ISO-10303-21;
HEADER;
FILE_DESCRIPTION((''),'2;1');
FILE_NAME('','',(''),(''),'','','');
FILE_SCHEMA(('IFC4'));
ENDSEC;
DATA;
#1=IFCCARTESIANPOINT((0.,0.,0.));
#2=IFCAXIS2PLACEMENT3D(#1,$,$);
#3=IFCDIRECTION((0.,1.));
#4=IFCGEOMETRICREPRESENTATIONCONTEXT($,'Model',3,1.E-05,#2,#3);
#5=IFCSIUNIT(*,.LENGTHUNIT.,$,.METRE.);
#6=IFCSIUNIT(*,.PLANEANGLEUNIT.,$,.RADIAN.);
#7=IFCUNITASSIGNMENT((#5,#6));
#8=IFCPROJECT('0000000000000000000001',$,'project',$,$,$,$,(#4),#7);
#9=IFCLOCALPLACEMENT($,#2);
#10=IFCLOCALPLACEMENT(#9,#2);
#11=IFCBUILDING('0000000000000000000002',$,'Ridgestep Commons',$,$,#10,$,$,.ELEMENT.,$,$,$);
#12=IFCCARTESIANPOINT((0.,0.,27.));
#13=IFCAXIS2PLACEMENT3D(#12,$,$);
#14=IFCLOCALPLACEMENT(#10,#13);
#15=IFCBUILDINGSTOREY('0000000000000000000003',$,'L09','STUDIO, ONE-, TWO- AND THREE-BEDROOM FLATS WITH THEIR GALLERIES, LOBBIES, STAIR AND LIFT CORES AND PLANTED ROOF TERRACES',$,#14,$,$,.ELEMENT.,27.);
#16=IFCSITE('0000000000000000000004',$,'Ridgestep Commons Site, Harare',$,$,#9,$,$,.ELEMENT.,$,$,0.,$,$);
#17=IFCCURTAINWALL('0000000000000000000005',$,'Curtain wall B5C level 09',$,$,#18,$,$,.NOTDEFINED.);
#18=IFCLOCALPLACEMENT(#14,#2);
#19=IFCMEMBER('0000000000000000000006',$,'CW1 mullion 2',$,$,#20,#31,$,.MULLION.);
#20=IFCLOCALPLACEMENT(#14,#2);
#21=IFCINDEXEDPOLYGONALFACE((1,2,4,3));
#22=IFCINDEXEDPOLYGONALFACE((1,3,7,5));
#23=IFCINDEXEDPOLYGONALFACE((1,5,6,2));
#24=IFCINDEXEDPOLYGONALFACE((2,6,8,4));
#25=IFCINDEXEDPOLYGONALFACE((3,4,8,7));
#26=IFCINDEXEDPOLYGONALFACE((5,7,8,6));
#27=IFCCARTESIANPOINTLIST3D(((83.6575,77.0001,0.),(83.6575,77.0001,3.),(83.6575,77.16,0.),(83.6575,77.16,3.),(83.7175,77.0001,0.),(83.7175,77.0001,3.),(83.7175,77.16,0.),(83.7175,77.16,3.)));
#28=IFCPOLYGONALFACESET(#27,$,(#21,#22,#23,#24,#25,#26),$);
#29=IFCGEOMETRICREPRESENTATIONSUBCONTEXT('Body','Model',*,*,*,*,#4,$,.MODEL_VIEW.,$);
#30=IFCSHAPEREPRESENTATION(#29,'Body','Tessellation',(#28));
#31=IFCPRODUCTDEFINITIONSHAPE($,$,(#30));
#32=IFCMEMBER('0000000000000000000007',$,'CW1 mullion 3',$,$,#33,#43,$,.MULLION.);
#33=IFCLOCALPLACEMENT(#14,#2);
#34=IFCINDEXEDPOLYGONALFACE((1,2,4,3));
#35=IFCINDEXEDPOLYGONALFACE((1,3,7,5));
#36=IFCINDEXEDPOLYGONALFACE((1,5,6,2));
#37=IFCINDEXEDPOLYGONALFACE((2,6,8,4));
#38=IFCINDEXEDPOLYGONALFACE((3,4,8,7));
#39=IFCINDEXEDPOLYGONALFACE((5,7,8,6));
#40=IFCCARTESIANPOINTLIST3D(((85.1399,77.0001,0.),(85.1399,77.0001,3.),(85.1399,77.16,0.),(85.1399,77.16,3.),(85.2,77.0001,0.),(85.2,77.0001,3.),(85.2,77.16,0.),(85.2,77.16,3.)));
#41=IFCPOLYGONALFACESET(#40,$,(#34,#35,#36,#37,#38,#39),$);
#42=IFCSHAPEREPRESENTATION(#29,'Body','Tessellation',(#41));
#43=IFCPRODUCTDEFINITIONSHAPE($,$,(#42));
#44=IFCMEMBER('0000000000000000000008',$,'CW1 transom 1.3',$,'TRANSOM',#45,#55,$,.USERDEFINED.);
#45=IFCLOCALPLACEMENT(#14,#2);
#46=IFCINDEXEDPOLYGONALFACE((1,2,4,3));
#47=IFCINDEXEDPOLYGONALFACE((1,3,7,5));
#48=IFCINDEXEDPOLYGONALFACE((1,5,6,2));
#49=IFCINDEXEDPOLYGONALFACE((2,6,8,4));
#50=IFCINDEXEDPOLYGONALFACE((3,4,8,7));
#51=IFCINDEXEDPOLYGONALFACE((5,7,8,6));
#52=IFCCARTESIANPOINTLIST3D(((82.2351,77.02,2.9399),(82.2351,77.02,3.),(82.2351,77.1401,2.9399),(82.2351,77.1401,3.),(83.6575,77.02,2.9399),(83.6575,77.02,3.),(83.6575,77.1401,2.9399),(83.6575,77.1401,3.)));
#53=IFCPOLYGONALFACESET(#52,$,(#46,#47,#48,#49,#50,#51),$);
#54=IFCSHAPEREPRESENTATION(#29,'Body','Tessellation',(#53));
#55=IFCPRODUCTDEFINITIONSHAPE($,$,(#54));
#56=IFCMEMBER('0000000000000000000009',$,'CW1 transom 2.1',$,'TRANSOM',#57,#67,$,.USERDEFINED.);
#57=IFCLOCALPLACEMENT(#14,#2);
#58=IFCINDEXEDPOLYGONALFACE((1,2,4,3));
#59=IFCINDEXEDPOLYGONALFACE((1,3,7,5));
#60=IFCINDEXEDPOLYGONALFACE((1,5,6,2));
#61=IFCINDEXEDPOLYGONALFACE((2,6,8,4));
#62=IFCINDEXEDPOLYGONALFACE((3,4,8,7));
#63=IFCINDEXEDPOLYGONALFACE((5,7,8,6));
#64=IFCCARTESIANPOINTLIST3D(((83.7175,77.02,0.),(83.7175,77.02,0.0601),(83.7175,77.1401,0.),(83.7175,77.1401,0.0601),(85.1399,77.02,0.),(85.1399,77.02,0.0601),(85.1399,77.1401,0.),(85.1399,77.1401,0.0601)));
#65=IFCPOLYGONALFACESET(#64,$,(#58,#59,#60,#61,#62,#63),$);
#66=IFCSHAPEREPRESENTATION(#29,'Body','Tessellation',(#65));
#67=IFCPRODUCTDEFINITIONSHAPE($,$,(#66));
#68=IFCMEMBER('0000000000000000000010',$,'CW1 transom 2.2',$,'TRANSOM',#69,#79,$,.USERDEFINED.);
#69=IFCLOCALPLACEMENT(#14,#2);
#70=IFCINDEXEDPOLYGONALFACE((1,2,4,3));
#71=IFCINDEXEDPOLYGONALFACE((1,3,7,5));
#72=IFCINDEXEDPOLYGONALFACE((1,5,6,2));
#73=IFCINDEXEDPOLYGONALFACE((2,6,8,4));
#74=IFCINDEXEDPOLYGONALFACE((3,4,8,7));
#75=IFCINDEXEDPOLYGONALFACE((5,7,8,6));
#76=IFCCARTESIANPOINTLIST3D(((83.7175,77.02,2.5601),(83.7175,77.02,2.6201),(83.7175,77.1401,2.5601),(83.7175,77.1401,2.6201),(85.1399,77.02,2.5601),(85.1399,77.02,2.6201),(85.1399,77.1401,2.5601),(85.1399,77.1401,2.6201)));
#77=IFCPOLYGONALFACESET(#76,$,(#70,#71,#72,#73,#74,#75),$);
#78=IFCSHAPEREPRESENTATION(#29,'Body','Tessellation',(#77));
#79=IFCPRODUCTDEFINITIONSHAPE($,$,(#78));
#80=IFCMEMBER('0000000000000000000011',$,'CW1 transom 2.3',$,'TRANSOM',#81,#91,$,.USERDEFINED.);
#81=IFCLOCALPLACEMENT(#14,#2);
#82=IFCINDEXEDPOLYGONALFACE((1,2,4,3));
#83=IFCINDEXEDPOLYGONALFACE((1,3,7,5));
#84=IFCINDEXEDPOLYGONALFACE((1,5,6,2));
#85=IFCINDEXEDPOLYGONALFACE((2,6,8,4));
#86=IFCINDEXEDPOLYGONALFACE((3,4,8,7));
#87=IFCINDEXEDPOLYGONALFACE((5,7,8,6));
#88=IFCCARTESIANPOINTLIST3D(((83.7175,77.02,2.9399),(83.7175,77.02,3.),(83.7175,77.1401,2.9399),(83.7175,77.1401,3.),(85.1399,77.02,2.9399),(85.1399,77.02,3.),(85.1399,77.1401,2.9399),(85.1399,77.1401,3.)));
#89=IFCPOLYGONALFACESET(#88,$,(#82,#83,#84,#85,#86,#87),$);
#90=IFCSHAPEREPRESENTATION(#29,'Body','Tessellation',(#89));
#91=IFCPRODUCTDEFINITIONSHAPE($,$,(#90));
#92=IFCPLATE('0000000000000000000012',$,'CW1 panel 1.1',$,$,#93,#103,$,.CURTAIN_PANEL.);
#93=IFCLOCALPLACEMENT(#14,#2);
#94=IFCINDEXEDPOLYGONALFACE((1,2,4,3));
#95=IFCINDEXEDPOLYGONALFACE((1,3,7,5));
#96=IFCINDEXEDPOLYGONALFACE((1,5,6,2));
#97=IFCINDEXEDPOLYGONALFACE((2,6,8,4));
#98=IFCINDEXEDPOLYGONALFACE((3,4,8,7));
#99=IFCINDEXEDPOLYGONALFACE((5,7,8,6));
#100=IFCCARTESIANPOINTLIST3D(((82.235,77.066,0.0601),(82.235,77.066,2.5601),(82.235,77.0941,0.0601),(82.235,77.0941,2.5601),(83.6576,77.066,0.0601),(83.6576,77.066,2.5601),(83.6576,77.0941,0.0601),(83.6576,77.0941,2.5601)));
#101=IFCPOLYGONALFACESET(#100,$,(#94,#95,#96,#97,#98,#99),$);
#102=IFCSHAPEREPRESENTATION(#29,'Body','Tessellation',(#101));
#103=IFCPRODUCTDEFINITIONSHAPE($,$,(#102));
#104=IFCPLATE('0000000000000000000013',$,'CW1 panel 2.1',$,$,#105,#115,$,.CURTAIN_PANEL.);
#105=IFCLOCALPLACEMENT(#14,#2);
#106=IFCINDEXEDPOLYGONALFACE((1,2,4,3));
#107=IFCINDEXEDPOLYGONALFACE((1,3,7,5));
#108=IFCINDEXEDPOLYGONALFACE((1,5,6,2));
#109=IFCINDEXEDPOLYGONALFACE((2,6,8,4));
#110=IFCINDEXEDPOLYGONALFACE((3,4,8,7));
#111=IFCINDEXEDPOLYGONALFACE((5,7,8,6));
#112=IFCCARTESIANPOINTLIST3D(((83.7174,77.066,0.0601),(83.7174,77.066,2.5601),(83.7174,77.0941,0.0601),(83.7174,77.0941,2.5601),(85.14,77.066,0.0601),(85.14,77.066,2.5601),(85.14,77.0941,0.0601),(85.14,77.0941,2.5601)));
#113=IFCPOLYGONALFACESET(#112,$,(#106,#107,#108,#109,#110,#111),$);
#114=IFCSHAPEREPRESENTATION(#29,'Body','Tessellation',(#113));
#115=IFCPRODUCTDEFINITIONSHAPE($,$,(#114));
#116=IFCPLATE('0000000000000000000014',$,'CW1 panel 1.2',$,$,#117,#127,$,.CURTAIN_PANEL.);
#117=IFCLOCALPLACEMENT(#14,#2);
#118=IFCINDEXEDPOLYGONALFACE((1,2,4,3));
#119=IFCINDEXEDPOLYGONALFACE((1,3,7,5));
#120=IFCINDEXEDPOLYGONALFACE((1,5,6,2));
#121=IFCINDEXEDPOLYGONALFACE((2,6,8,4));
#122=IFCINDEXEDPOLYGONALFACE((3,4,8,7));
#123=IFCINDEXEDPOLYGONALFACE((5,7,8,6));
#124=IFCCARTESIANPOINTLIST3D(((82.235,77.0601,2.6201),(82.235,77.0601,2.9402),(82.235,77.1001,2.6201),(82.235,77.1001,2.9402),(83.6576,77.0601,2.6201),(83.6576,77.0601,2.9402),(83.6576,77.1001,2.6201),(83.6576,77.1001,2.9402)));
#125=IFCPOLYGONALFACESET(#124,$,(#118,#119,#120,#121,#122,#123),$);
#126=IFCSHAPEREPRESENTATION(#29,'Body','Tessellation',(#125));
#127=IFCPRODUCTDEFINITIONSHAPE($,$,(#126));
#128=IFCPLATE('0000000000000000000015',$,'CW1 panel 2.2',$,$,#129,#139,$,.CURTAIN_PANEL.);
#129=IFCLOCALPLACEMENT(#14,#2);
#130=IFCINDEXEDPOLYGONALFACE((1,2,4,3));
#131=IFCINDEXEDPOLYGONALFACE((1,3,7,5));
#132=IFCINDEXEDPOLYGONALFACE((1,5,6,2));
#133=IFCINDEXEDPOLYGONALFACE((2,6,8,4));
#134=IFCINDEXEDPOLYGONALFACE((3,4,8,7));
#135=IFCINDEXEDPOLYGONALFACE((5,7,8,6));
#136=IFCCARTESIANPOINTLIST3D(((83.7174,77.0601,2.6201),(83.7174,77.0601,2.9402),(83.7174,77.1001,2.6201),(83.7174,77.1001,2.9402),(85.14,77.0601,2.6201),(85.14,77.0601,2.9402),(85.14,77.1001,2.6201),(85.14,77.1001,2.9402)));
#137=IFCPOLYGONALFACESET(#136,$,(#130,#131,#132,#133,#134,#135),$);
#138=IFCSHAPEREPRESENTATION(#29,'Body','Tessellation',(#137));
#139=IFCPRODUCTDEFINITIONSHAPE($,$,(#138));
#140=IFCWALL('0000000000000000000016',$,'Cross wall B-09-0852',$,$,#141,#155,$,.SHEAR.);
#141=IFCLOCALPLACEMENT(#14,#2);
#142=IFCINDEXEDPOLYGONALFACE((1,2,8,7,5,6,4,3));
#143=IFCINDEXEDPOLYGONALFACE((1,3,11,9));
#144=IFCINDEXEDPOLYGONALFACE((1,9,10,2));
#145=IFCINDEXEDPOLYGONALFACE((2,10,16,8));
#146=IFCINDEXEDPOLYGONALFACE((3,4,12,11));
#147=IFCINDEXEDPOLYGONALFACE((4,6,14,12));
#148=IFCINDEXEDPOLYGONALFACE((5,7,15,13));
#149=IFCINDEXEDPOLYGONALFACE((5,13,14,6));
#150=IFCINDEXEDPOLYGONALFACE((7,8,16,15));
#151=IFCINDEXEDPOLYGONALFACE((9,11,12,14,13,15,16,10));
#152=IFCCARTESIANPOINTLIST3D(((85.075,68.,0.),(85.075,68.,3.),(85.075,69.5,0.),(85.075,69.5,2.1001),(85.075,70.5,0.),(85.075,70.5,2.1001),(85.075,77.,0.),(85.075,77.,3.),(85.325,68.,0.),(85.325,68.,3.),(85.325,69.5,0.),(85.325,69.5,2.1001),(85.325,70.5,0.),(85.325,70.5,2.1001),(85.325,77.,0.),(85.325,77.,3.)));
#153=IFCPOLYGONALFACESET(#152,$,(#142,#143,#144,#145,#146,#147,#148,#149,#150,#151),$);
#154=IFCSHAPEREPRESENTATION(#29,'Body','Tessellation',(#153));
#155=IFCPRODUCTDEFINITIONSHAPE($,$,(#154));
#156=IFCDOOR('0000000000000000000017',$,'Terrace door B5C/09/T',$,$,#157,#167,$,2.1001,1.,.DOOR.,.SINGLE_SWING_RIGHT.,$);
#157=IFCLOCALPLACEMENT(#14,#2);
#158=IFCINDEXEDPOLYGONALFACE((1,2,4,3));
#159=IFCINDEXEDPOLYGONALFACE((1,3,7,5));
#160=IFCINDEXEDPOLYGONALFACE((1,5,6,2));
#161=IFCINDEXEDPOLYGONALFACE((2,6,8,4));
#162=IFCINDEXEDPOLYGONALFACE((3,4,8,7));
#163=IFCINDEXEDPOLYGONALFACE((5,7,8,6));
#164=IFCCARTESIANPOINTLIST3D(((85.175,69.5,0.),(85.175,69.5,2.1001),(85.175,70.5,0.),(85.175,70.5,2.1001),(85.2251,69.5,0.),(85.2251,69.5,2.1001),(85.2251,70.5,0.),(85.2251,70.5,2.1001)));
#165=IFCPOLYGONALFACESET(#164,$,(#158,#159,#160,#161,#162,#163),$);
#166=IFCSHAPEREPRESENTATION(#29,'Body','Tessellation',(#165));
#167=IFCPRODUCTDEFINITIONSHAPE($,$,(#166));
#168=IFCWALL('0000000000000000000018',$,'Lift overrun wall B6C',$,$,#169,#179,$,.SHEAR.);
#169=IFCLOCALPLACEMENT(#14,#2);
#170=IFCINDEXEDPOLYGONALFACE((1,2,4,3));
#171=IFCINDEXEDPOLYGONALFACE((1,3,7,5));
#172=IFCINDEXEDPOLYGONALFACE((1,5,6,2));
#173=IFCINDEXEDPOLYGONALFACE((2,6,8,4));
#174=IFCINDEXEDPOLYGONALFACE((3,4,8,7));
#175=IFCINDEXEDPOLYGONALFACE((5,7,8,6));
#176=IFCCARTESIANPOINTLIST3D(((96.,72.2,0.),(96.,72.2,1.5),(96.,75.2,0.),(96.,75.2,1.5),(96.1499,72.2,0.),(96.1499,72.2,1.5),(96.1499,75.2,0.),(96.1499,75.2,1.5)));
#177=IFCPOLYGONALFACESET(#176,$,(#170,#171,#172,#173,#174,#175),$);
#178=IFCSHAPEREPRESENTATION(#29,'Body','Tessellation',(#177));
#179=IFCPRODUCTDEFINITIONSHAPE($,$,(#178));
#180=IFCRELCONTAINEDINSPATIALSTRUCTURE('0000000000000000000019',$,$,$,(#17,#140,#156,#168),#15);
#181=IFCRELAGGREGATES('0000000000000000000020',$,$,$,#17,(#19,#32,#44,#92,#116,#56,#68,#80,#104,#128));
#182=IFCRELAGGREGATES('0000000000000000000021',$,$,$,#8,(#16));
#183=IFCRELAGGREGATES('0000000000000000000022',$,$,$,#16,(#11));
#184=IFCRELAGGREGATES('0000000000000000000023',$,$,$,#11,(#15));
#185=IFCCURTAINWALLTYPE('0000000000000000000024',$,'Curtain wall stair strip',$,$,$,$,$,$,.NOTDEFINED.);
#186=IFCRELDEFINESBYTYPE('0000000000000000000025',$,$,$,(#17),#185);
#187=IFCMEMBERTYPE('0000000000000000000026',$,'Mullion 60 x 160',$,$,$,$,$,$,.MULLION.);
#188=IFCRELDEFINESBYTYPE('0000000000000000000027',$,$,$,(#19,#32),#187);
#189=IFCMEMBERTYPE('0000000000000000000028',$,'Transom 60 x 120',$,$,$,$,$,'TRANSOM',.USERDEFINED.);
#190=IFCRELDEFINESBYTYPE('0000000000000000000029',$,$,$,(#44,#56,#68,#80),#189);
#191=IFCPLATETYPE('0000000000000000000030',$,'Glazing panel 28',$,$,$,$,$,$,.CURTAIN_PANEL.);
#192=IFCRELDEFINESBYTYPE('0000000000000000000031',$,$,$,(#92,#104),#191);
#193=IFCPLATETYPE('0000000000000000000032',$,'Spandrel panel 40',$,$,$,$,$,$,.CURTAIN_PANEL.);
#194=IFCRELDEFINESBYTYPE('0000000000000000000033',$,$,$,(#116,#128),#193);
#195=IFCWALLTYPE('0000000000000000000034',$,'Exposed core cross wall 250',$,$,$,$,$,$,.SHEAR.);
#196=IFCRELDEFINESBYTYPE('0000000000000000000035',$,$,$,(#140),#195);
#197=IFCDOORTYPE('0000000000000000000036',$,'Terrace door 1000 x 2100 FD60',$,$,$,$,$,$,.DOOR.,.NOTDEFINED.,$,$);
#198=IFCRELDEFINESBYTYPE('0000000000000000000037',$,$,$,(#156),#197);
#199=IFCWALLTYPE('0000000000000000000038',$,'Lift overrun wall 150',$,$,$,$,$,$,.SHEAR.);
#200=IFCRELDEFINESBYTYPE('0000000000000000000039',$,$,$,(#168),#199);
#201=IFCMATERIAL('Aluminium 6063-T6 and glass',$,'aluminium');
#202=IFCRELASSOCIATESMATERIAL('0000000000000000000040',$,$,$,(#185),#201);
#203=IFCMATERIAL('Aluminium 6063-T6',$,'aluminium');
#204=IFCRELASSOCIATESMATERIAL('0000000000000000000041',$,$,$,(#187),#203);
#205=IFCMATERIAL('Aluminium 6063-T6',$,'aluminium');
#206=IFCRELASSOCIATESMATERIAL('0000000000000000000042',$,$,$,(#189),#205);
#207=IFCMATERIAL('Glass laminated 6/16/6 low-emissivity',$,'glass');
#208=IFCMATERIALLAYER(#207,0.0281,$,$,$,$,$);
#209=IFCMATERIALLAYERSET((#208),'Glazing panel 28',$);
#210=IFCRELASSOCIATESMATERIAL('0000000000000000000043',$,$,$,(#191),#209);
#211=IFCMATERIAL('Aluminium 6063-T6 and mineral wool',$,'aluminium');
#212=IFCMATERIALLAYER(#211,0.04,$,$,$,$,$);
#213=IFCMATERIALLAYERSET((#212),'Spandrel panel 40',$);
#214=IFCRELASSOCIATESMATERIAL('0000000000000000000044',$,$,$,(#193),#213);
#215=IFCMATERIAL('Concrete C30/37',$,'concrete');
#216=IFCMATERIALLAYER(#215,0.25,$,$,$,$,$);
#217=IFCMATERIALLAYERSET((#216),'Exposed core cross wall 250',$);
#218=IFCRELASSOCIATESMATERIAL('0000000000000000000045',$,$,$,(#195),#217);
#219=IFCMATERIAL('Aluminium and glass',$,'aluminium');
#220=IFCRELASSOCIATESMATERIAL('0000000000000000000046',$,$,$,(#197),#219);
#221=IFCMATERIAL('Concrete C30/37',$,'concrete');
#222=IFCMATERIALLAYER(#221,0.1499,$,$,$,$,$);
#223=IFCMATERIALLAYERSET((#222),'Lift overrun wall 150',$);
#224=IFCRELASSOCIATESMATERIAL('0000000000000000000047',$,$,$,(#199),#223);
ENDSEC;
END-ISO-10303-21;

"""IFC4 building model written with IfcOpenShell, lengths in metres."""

from ifc_helpers import new_model, si_unit, direction, frame, frame_2d, origin, origin_2d, place, context, subcontext, project, spatial, rectangle, extrude, material, layer, layer_set, material_profile, profile_set, type_object, element, fill, aggregate, save


model = new_model("IFC4")

# Units and contexts
model_context = context("Model", 3, precision=1e-05, world=origin(), true_north=direction((0.0, 1.0)))
body_context = subcontext(model_context, "Body", "Model", "MODEL_VIEW")
ifc_project = project(units=[si_unit("LENGTHUNIT", "METRE"), si_unit("PLANEANGLEUNIT", "RADIAN")], contexts=[model_context])

# Site, building, storey
site_placement = place(None, origin())
site = spatial("IfcSite", under=ifc_project, at=site_placement, Name="Ridgestep Commons Site, Harare", CompositionType="ELEMENT", RefElevation=0.0)
building_placement = place(site_placement, origin())
building = spatial("IfcBuilding", under=site, at=building_placement, Name="Ridgestep Commons", CompositionType="ELEMENT")
storey_placement = place(building_placement, frame((0.0, 0.0, 27.0)))
storey = spatial("IfcBuildingStorey", under=building, at=storey_placement, Name="L09", Description="STUDIO, ONE-, TWO- AND THREE-BEDROOM FLATS WITH THEIR GALLERIES, LOBBIES, STAIR AND LIFT CORES AND PLANTED ROOF TERRACES", CompositionType="ELEMENT", Elevation=27.0)

# Curtain wall, members, plates
ifc_material_1 = material(Name="Aluminium 6063-T6 and glass", Category="aluminium")
curtain_wall_type = type_object("IfcCurtainWallType", Name="Curtain wall stair strip", PredefinedType="NOTDEFINED", material=ifc_material_1)
curtain_wall_placement = place(storey_placement, origin())
curtain_wall = element("IfcCurtainWall", 1, at=curtain_wall_placement, inside=storey, type_object=curtain_wall_type, Name="Curtain wall B5C level 09", PredefinedType="NOTDEFINED")
ifc_material_2 = material(Name="Aluminium 6063-T6", Category="aluminium")
ifc_material_profile_1 = material_profile(ifc_material_2, rectangle(XDim=0.1599, YDim=0.0601, at=origin_2d()), Name="Mullion 60 x 160")
ifc_profile_set_1 = profile_set([ifc_material_profile_1], Name="Aluminium 6063-T6")
member_type_1 = type_object("IfcMemberType", Name="Mullion 60 x 160", PredefinedType="MULLION", material=ifc_profile_set_1)
member_1_placement = place(storey_placement, frame((83.6875, 77.0801, 0.0), z_axis=(0.0, 0.0, 1.0), x_axis=(0.0, 1.0, 0.0)))
member_1 = element("IfcMember", 2, at=member_1_placement, type_object=member_type_1, Name="CW1 mullion 2", PredefinedType="MULLION", context=body_context, shape_type="SweptSolid", body=[
    extrude(rectangle(XDim=0.1599, YDim=0.0601, at=origin_2d()), origin(), (0.0, 0.0, 1.0), 3.0),
])
member_2_placement = place(storey_placement, frame((85.1699, 77.0801, 0.0), z_axis=(0.0, 0.0, 1.0), x_axis=(0.0, 1.0, 0.0)))
member_2 = element("IfcMember", 3, at=member_2_placement, type_object=member_type_1, Name="CW1 mullion 3", PredefinedType="MULLION", context=body_context, shape_type="SweptSolid", body=[
    extrude(rectangle(XDim=0.1599, YDim=0.0601, at=origin_2d()), origin(), (0.0, 0.0, 1.0), 3.0),
])
ifc_material_3 = material(Name="Aluminium 6063-T6", Category="aluminium")
ifc_material_profile_2 = material_profile(ifc_material_3, rectangle(XDim=0.1201, YDim=0.0601, at=origin_2d()), Name="Transom 60 x 120")
ifc_profile_set_2 = profile_set([ifc_material_profile_2], Name="Aluminium 6063-T6")
member_type_2 = type_object("IfcMemberType", Name="Transom 60 x 120", ElementType="TRANSOM", PredefinedType="USERDEFINED", material=ifc_profile_set_2)
member_3_placement = place(storey_placement, frame((82.2351, 77.0801, 2.97), z_axis=(1.0, 0.0, 0.0), x_axis=(0.0, 1.0, 0.0)))
member_3 = element("IfcMember", 4, at=member_3_placement, type_object=member_type_2, Name="CW1 transom 1.3", ObjectType="TRANSOM", PredefinedType="USERDEFINED", context=body_context, shape_type="SweptSolid", body=[
    extrude(rectangle(XDim=0.1201, YDim=0.0601, at=origin_2d()), origin(), (0.0, 0.0, 1.0), 1.4224),
])
member_4_placement = place(storey_placement, frame((83.7175, 77.0801, 0.03), z_axis=(1.0, 0.0, 0.0), x_axis=(0.0, 1.0, 0.0)))
member_4 = element("IfcMember", 5, at=member_4_placement, type_object=member_type_2, Name="CW1 transom 2.1", ObjectType="TRANSOM", PredefinedType="USERDEFINED", context=body_context, shape_type="SweptSolid", body=[
    extrude(rectangle(XDim=0.1201, YDim=0.0601, at=origin_2d()), origin(), (0.0, 0.0, 1.0), 1.4224),
])
member_5_placement = place(storey_placement, frame((83.7175, 77.0801, 2.5901), z_axis=(1.0, 0.0, 0.0), x_axis=(0.0, 1.0, 0.0)))
member_5 = element("IfcMember", 6, at=member_5_placement, type_object=member_type_2, Name="CW1 transom 2.2", ObjectType="TRANSOM", PredefinedType="USERDEFINED", context=body_context, shape_type="SweptSolid", body=[
    extrude(rectangle(XDim=0.1201, YDim=0.0601, at=origin_2d()), origin(), (0.0, 0.0, 1.0), 1.4224),
])
member_6_placement = place(storey_placement, frame((83.7175, 77.0801, 2.97), z_axis=(1.0, 0.0, 0.0), x_axis=(0.0, 1.0, 0.0)))
member_6 = element("IfcMember", 7, at=member_6_placement, type_object=member_type_2, Name="CW1 transom 2.3", ObjectType="TRANSOM", PredefinedType="USERDEFINED", context=body_context, shape_type="SweptSolid", body=[
    extrude(rectangle(XDim=0.1201, YDim=0.0601, at=origin_2d()), origin(), (0.0, 0.0, 1.0), 1.4224),
])
ifc_material_4 = material(Name="Glass laminated 6/16/6 low-emissivity", Category="glass")
ifc_layer_1 = layer(ifc_material_4, 0.0281)
ifc_layer_set_1 = layer_set([ifc_layer_1], Name="Glazing panel 28")
plate_type_1 = type_object("IfcPlateType", Name="Glazing panel 28", PredefinedType="CURTAIN_PANEL", material=ifc_layer_set_1)
plate_1_placement = place(storey_placement, frame((82.9463, 77.0801, 0.0601), z_axis=(0.0, 0.0, 1.0), x_axis=(1.0, 0.0, 0.0)))
plate_1 = element("IfcPlate", 8, at=plate_1_placement, type_object=plate_type_1, Name="CW1 panel 1.1", PredefinedType="CURTAIN_PANEL", context=body_context, shape_type="SweptSolid", body=[
    extrude(rectangle(XDim=1.4226, YDim=0.0281, at=origin_2d()), origin(), (0.0, 0.0, 1.0), 2.5),
])
plate_2_placement = place(storey_placement, frame((84.4287, 77.0801, 0.0601), z_axis=(0.0, 0.0, 1.0), x_axis=(1.0, 0.0, 0.0)))
plate_2 = element("IfcPlate", 9, at=plate_2_placement, type_object=plate_type_1, Name="CW1 panel 2.1", PredefinedType="CURTAIN_PANEL", context=body_context, shape_type="SweptSolid", body=[
    extrude(rectangle(XDim=1.4226, YDim=0.0281, at=origin_2d()), origin(), (0.0, 0.0, 1.0), 2.5),
])
ifc_material_5 = material(Name="Aluminium 6063-T6 and mineral wool", Category="aluminium")
ifc_layer_2 = layer(ifc_material_5, 0.04)
ifc_layer_set_2 = layer_set([ifc_layer_2], Name="Spandrel panel 40")
plate_type_2 = type_object("IfcPlateType", Name="Spandrel panel 40", PredefinedType="CURTAIN_PANEL", material=ifc_layer_set_2)
plate_3_placement = place(storey_placement, frame((82.9463, 77.0801, 2.6201), z_axis=(0.0, 0.0, 1.0), x_axis=(1.0, 0.0, 0.0)))
plate_3 = element("IfcPlate", 10, at=plate_3_placement, type_object=plate_type_2, Name="CW1 panel 1.2", PredefinedType="CURTAIN_PANEL", context=body_context, shape_type="SweptSolid", body=[
    extrude(rectangle(XDim=1.4226, YDim=0.04, at=origin_2d()), origin(), (0.0, 0.0, 1.0), 0.3201),
])
plate_4_placement = place(storey_placement, frame((84.4287, 77.0801, 2.6201), z_axis=(0.0, 0.0, 1.0), x_axis=(1.0, 0.0, 0.0)))
plate_4 = element("IfcPlate", 11, at=plate_4_placement, type_object=plate_type_2, Name="CW1 panel 2.2", PredefinedType="CURTAIN_PANEL", context=body_context, shape_type="SweptSolid", body=[
    extrude(rectangle(XDim=1.4226, YDim=0.04, at=origin_2d()), origin(), (0.0, 0.0, 1.0), 0.3201),
])
aggregate(curtain_wall, [member_1, member_2, member_3, plate_1, plate_3, member_4, member_5, member_6, plate_2, plate_4])

# Wall, opening, door
ifc_material_6 = material(Name="Concrete C30/37", Category="concrete")
ifc_layer_3 = layer(ifc_material_6, 0.25)
ifc_layer_set_3 = layer_set([ifc_layer_3], Name="Exposed core cross wall 250")
wall_type_1 = type_object("IfcWallType", Name="Exposed core cross wall 250", PredefinedType="SHEAR", material=ifc_layer_set_3)
wall_1_placement = place(storey_placement, frame((85.2, 68.0, 0.0), z_axis=(0.0, 0.0, 1.0), x_axis=(0.0, 1.0, 0.0)))
wall_1 = element("IfcWall", 12, at=wall_1_placement, inside=storey, type_object=wall_type_1, Name="Cross wall B-09-0852", PredefinedType="SHEAR", context=body_context, shape_type="SweptSolid", body=[
    extrude(rectangle(XDim=9.0, YDim=0.25, at=frame_2d((4.5, 0.0))), origin(), (0.0, 0.0, 1.0), 3.0),
])
opening_placement = place(wall_1_placement, frame((1.5, 0.0, 0.0)))
opening = element("IfcOpeningElement", 13, at=opening_placement, cuts=wall_1, PredefinedType="OPENING", context=body_context, shape_type="SweptSolid", body=[
    extrude(rectangle(XDim=1.0, YDim=2.1001, at=frame_2d((0.5, 1.05))), frame((0.0, 0.135, 0.0), z_axis=(0.0, -1.0, 0.0), x_axis=(1.0, 0.0, 0.0)), (0.0, 0.0, 1.0), 0.27),
])
ifc_material_7 = material(Name="Aluminium and glass", Category="aluminium")
door_type = type_object("IfcDoorType", Name="Terrace door 1000 x 2100 FD60", OperationType="NOTDEFINED", PredefinedType="DOOR", material=ifc_material_7)
door_placement = place(opening_placement, origin())
door = element("IfcDoor", 14, at=door_placement, inside=storey, type_object=door_type, Name="Terrace door B5C/09/T", OperationType="SINGLE_SWING_RIGHT", OverallHeight=2.1001, OverallWidth=1.0, PredefinedType="DOOR", context=body_context, shape_type="SweptSolid", body=[
    extrude(rectangle(XDim=1.0, YDim=2.1001, at=frame_2d((0.5, 1.05))), frame((0.0, 0.0249, 0.0), z_axis=(0.0, -1.0, 0.0), x_axis=(1.0, 0.0, 0.0)), (0.0, 0.0, 1.0), 0.05),
])
fill(opening, door)

# Wall
ifc_material_8 = material(Name="Concrete C30/37", Category="concrete")
ifc_layer_4 = layer(ifc_material_8, 0.1499)
ifc_layer_set_4 = layer_set([ifc_layer_4], Name="Lift overrun wall 150")
wall_type_2 = type_object("IfcWallType", Name="Lift overrun wall 150", PredefinedType="SHEAR", material=ifc_layer_set_4)
wall_2_placement = place(storey_placement, frame((96.075, 72.2, 0.0), z_axis=(0.0, 0.0, 1.0), x_axis=(0.0, 1.0, 0.0)))
element("IfcWall", 15, at=wall_2_placement, inside=storey, type_object=wall_type_2, Name="Lift overrun wall B6C", PredefinedType="SHEAR", context=body_context, shape_type="SweptSolid", body=[
    extrude(rectangle(XDim=3.0, YDim=0.1499, at=frame_2d((1.5, 0.0))), origin(), (0.0, 0.0, 1.0), 1.5),
])

save(model, "model.ifc")
